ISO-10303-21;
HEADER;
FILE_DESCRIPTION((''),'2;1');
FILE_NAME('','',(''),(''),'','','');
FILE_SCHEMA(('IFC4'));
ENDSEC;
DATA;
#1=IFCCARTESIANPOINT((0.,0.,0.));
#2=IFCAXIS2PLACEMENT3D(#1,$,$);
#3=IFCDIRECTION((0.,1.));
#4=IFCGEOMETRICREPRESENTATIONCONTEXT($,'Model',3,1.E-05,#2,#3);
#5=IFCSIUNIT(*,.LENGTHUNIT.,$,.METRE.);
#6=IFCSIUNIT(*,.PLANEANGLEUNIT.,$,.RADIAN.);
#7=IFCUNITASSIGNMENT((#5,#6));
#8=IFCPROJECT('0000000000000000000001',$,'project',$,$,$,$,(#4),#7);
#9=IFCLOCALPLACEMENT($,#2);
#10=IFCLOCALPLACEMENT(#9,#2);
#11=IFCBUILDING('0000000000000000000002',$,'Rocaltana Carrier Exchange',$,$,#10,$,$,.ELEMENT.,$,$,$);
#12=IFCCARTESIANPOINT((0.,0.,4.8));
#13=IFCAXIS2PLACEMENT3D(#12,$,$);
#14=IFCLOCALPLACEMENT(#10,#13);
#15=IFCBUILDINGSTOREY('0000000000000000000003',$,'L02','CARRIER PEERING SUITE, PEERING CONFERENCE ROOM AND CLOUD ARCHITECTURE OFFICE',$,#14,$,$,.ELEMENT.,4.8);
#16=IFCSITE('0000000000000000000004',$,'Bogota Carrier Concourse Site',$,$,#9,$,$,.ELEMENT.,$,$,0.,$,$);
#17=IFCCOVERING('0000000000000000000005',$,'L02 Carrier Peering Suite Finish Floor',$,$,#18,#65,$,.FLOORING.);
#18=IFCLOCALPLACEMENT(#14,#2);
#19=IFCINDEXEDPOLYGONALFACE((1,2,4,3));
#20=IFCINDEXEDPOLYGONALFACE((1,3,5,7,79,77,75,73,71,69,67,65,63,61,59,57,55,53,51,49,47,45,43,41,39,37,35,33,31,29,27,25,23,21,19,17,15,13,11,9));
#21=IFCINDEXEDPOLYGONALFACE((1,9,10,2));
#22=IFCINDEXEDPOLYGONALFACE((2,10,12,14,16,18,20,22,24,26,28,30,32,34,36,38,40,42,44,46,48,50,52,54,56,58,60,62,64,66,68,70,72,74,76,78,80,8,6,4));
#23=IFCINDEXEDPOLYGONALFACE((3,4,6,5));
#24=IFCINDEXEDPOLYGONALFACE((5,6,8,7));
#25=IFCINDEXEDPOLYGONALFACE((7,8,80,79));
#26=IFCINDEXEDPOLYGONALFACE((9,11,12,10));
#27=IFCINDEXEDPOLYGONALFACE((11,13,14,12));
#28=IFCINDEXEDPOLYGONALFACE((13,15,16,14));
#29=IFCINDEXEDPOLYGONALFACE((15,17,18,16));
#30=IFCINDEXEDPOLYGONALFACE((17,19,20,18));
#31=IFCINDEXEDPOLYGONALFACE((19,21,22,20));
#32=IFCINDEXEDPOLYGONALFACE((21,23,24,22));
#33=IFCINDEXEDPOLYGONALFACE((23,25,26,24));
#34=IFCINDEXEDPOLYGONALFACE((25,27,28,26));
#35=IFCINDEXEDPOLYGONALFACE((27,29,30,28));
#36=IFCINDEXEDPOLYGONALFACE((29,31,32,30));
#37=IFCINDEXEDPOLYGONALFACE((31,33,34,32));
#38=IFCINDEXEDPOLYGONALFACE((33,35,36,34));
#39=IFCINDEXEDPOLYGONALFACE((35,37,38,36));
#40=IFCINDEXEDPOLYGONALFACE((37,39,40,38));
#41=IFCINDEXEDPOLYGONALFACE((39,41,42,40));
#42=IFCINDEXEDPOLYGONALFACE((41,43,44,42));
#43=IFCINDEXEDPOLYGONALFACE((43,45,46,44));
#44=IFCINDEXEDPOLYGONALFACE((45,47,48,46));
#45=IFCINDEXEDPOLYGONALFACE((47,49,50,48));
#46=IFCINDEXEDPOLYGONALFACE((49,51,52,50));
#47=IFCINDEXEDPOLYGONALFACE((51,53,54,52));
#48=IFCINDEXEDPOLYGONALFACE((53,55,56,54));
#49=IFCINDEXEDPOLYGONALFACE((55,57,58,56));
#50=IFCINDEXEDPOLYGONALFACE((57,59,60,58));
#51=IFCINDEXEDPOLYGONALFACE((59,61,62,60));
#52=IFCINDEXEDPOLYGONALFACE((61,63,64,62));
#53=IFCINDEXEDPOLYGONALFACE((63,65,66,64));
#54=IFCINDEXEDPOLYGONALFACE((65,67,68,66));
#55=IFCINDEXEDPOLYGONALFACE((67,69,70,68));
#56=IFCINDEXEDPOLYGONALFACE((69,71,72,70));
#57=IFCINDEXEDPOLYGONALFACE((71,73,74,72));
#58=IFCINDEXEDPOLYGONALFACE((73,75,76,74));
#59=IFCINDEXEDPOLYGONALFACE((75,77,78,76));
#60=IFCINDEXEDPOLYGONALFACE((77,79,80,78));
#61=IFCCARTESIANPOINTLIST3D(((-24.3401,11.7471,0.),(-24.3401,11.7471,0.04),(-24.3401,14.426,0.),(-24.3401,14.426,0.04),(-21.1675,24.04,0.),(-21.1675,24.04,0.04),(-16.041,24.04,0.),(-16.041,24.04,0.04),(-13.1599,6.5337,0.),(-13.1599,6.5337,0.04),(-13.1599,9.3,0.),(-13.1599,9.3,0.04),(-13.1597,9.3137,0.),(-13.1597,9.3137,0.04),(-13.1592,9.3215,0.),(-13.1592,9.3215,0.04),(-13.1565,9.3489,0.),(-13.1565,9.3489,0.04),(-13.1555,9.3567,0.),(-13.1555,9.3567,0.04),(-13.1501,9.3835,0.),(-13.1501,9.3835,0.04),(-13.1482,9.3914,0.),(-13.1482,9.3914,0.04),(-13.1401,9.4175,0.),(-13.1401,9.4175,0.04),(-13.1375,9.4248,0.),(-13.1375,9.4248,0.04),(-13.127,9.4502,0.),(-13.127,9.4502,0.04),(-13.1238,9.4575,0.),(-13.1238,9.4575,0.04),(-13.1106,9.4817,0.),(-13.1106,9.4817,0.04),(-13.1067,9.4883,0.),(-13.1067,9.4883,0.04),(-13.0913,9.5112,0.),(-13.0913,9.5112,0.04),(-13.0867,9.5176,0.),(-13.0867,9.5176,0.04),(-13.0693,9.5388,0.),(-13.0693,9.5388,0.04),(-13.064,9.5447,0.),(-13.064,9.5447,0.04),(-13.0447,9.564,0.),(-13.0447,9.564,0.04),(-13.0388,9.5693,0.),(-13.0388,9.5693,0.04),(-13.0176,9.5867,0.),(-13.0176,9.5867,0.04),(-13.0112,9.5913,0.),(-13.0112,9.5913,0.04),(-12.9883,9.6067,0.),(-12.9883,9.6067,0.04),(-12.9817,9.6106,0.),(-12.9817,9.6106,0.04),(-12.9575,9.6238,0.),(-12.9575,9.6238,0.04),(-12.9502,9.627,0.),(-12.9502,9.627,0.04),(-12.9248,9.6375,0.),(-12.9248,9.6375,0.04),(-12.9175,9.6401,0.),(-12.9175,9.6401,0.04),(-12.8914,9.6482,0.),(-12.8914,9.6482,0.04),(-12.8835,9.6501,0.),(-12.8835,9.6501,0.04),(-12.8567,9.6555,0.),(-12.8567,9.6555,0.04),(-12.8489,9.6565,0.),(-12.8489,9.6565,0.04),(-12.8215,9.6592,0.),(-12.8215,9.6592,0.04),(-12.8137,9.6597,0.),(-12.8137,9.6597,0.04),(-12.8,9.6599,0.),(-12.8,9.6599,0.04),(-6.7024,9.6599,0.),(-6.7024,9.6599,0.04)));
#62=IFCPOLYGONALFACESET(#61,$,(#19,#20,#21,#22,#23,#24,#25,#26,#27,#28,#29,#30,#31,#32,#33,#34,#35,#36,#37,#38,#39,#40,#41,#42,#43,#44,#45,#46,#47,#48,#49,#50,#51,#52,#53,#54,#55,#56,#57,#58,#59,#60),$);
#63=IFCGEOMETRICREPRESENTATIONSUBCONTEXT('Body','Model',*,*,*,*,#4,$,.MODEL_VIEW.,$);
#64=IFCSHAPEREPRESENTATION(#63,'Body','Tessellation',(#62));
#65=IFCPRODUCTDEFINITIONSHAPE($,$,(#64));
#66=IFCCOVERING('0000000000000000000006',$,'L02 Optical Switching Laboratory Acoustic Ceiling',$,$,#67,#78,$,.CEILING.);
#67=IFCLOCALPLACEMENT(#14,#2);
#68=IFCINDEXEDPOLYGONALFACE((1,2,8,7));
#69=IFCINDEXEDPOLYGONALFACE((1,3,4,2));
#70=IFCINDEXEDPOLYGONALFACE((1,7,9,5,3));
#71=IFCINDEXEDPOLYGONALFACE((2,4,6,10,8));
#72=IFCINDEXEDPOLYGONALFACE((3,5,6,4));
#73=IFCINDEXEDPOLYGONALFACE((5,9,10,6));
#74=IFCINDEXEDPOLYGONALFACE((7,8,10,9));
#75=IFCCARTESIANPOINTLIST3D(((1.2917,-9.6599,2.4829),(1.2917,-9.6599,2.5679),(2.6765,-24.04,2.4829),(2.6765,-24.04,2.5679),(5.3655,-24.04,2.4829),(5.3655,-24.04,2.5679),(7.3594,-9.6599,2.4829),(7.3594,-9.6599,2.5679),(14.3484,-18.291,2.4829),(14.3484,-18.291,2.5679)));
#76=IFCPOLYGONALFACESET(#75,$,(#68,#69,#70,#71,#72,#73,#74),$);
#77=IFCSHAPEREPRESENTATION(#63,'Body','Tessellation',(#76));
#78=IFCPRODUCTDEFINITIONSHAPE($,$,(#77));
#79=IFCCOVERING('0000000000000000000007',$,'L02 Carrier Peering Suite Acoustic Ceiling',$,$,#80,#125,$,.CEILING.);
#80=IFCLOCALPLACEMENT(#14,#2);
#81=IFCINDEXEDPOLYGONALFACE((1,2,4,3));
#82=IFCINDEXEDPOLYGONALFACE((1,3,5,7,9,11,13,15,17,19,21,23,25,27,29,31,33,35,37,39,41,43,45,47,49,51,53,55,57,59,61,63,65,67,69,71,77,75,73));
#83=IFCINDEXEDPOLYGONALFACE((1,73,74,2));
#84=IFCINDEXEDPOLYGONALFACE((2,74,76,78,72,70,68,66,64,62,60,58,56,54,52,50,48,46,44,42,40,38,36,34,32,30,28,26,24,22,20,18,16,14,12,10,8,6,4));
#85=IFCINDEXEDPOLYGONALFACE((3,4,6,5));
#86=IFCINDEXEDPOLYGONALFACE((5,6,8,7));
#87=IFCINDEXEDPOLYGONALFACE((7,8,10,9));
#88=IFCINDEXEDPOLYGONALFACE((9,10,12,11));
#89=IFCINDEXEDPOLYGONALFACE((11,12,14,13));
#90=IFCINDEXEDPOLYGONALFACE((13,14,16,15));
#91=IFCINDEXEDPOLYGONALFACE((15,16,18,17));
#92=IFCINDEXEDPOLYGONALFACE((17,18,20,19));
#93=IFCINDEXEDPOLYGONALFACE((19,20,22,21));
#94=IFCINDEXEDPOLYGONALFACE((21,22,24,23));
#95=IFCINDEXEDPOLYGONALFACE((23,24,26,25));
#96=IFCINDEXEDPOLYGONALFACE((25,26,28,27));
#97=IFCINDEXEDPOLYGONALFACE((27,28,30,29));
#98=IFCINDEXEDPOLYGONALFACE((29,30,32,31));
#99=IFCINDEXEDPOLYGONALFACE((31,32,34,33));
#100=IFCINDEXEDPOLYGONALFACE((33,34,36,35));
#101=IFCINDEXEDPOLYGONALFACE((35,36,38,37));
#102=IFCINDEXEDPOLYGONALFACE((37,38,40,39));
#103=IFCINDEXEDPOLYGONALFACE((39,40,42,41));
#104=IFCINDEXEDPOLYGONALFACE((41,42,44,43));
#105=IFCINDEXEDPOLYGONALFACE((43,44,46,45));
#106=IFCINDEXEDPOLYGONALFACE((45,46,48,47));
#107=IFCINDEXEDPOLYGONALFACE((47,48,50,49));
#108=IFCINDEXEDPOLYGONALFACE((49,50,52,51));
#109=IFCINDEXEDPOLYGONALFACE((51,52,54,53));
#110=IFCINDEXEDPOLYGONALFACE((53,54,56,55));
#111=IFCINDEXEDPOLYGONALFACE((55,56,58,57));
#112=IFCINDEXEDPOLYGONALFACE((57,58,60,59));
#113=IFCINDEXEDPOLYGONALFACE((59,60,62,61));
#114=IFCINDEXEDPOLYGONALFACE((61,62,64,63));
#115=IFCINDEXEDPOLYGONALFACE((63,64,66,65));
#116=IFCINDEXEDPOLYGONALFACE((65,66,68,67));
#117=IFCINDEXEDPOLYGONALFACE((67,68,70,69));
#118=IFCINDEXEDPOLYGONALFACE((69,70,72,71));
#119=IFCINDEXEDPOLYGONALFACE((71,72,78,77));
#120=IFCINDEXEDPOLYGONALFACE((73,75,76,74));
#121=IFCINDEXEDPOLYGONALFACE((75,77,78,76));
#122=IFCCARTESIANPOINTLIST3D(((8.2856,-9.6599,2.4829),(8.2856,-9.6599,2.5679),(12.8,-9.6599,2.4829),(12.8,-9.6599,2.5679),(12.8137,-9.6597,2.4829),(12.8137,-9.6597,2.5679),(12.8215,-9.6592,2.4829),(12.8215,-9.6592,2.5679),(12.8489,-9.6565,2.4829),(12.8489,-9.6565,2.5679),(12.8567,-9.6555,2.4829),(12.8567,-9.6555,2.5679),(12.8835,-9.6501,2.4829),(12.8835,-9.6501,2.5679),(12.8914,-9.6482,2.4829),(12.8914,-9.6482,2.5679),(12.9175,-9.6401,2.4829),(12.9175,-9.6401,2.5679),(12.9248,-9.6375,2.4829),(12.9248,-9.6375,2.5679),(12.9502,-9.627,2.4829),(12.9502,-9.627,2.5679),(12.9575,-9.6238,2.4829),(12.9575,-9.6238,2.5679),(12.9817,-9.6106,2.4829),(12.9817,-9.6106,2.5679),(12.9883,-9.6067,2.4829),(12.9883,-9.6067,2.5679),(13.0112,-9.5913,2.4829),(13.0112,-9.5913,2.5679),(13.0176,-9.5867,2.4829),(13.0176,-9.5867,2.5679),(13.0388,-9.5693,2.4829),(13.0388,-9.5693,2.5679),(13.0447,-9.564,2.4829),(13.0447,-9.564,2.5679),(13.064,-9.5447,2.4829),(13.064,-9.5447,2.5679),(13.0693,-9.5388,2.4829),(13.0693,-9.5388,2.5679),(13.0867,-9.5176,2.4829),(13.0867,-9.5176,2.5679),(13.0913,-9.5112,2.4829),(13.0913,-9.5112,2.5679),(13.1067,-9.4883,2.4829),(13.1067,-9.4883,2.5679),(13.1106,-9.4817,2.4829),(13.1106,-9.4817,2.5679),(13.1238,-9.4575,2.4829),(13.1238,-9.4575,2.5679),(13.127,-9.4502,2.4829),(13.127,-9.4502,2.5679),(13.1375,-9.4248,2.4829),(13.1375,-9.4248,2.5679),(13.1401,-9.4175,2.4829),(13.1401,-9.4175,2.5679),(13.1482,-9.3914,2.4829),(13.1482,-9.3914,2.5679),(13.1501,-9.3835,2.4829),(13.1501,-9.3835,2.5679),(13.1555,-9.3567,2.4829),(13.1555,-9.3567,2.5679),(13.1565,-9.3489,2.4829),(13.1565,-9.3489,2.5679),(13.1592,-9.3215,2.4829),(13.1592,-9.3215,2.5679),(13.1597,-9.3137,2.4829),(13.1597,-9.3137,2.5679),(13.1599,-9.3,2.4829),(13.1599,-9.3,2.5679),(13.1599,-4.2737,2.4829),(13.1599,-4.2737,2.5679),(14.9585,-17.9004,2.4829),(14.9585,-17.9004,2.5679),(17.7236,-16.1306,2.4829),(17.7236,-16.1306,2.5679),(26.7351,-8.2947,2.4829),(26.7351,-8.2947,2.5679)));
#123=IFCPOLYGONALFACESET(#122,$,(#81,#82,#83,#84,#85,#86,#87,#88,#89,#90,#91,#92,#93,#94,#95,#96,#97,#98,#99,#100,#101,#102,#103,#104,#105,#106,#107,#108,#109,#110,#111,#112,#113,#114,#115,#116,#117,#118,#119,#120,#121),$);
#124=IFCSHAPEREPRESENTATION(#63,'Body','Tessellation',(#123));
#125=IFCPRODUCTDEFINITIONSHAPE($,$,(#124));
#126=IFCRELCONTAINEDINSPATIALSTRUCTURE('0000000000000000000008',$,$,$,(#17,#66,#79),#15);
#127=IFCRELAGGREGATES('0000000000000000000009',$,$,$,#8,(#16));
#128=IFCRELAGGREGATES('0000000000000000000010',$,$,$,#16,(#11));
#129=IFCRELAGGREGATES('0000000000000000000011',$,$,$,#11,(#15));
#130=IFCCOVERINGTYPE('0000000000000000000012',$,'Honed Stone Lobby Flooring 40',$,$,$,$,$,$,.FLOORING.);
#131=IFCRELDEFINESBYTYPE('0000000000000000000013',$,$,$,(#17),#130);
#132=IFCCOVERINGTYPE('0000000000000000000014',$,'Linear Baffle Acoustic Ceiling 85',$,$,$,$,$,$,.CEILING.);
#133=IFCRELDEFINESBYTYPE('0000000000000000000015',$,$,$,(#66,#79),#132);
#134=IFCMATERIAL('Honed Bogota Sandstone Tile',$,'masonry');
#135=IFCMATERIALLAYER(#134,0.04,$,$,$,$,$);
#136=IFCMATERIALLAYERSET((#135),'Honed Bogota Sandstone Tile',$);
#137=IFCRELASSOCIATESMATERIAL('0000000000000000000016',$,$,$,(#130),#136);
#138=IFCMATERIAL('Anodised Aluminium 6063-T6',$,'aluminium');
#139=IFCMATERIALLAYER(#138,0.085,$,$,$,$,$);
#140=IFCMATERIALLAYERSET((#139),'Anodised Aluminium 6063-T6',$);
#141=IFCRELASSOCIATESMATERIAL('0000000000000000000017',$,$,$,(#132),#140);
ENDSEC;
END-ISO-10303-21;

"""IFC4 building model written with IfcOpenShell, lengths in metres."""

from ifc_helpers import new_model, si_unit, direction, frame, origin, place, context, subcontext, project, spatial, polyline, outline, extrude, material, layer, layer_set, type_object, element, save


model = new_model("IFC4")

# Units and contexts
model_context = context("Model", 3, precision=1e-05, world=origin(), true_north=direction((0.0, 1.0)))
body_context = subcontext(model_context, "Body", "Model", "MODEL_VIEW")
ifc_project = project(units=[si_unit("LENGTHUNIT", "METRE"), si_unit("PLANEANGLEUNIT", "RADIAN")], contexts=[model_context])

# Site, building, storey
site_placement = place(None, origin())
site = spatial("IfcSite", under=ifc_project, at=site_placement, Name="Bogota Carrier Concourse Site", CompositionType="ELEMENT", RefElevation=0.0)
building_placement = place(site_placement, origin())
building = spatial("IfcBuilding", under=site, at=building_placement, Name="Rocaltana Carrier Exchange", CompositionType="ELEMENT")
storey_placement = place(building_placement, frame((0.0, 0.0, 4.8)))
storey = spatial("IfcBuildingStorey", under=building, at=storey_placement, Name="L02", Description="CARRIER PEERING SUITE, PEERING CONFERENCE ROOM AND CLOUD ARCHITECTURE OFFICE", CompositionType="ELEMENT", Elevation=4.8)

# Coverings
ifc_material_1 = material(Name="Honed Bogota Sandstone Tile", Category="masonry")
ifc_layer_1 = layer(ifc_material_1, 0.04)
ifc_layer_set_1 = layer_set([ifc_layer_1], Name="Honed Bogota Sandstone Tile")
covering_type_1 = type_object("IfcCoveringType", Name="Honed Stone Lobby Flooring 40", PredefinedType="FLOORING", material=ifc_layer_set_1)
covering_1_placement = place(storey_placement, origin())
element("IfcCovering", 1, at=covering_1_placement, inside=storey, type_object=covering_type_1, Name="L02 Carrier Peering Suite Finish Floor", PredefinedType="FLOORING", context=body_context, shape_type="SweptSolid", body=[
    extrude(outline(polyline([(-24.3401, 14.426), (-21.1675, 24.04), (-16.041, 24.04), (-6.7024, 9.6599), (-12.8, 9.6599), (-12.8137, 9.6597), (-12.8215, 9.6592), (-12.8489, 9.6565), (-12.8567, 9.6555), (-12.8835, 9.6501), (-12.8914, 9.6482), (-12.9175, 9.6401), (-12.9248, 9.6375), (-12.9502, 9.627), (-12.9575, 9.6238), (-12.9817, 9.6106), (-12.9883, 9.6067), (-13.0112, 9.5913), (-13.0176, 9.5867), (-13.0388, 9.5693), (-13.0447, 9.564), (-13.064, 9.5447), (-13.0693, 9.5388), (-13.0867, 9.5176), (-13.0913, 9.5112), (-13.1067, 9.4883), (-13.1106, 9.4817), (-13.1238, 9.4575), (-13.127, 9.4502), (-13.1375, 9.4248), (-13.1401, 9.4175), (-13.1482, 9.3914), (-13.1501, 9.3835), (-13.1555, 9.3567), (-13.1565, 9.3489), (-13.1592, 9.3215), (-13.1597, 9.3137), (-13.1599, 9.3), (-13.1599, 6.5337), (-24.3401, 11.7471), (-24.3401, 14.426)])), origin(), (0.0, 0.0, 1.0), 0.04),
])
ifc_material_2 = material(Name="Anodised Aluminium 6063-T6", Category="aluminium")
ifc_layer_2 = layer(ifc_material_2, 0.085)
ifc_layer_set_2 = layer_set([ifc_layer_2], Name="Anodised Aluminium 6063-T6")
covering_type_2 = type_object("IfcCoveringType", Name="Linear Baffle Acoustic Ceiling 85", PredefinedType="CEILING", material=ifc_layer_set_2)
covering_2_placement = place(storey_placement, frame((0.0, 0.0, 2.4829)))
element("IfcCovering", 2, at=covering_2_placement, inside=storey, type_object=covering_type_2, Name="L02 Optical Switching Laboratory Acoustic Ceiling", PredefinedType="CEILING", context=body_context, shape_type="SweptSolid", body=[
    extrude(outline(polyline([(5.3655, -24.04), (2.6765, -24.04), (1.2917, -9.6599), (7.3594, -9.6599), (14.3484, -18.291), (5.3655, -24.04)])), origin(), (0.0, 0.0, 1.0), 0.085),
])
covering_3_placement = place(storey_placement, frame((0.0, 0.0, 2.4829)))
element("IfcCovering", 3, at=covering_3_placement, inside=storey, type_object=covering_type_2, Name="L02 Carrier Peering Suite Acoustic Ceiling", PredefinedType="CEILING", context=body_context, shape_type="SweptSolid", body=[
    extrude(outline(polyline([(17.7236, -16.1306), (14.9585, -17.9004), (8.2856, -9.6599), (12.8, -9.6599), (12.8137, -9.6597), (12.8215, -9.6592), (12.8489, -9.6565), (12.8567, -9.6555), (12.8835, -9.6501), (12.8914, -9.6482), (12.9175, -9.6401), (12.9248, -9.6375), (12.9502, -9.627), (12.9575, -9.6238), (12.9817, -9.6106), (12.9883, -9.6067), (13.0112, -9.5913), (13.0176, -9.5867), (13.0388, -9.5693), (13.0447, -9.564), (13.064, -9.5447), (13.0693, -9.5388), (13.0867, -9.5176), (13.0913, -9.5112), (13.1067, -9.4883), (13.1106, -9.4817), (13.1238, -9.4575), (13.127, -9.4502), (13.1375, -9.4248), (13.1401, -9.4175), (13.1482, -9.3914), (13.1501, -9.3835), (13.1555, -9.3567), (13.1565, -9.3489), (13.1592, -9.3215), (13.1597, -9.3137), (13.1599, -9.3), (13.1599, -4.2737), (26.7351, -8.2947), (17.7236, -16.1306)])), origin(), (0.0, 0.0, 1.0), 0.085),
])

save(model, "model.ifc")
